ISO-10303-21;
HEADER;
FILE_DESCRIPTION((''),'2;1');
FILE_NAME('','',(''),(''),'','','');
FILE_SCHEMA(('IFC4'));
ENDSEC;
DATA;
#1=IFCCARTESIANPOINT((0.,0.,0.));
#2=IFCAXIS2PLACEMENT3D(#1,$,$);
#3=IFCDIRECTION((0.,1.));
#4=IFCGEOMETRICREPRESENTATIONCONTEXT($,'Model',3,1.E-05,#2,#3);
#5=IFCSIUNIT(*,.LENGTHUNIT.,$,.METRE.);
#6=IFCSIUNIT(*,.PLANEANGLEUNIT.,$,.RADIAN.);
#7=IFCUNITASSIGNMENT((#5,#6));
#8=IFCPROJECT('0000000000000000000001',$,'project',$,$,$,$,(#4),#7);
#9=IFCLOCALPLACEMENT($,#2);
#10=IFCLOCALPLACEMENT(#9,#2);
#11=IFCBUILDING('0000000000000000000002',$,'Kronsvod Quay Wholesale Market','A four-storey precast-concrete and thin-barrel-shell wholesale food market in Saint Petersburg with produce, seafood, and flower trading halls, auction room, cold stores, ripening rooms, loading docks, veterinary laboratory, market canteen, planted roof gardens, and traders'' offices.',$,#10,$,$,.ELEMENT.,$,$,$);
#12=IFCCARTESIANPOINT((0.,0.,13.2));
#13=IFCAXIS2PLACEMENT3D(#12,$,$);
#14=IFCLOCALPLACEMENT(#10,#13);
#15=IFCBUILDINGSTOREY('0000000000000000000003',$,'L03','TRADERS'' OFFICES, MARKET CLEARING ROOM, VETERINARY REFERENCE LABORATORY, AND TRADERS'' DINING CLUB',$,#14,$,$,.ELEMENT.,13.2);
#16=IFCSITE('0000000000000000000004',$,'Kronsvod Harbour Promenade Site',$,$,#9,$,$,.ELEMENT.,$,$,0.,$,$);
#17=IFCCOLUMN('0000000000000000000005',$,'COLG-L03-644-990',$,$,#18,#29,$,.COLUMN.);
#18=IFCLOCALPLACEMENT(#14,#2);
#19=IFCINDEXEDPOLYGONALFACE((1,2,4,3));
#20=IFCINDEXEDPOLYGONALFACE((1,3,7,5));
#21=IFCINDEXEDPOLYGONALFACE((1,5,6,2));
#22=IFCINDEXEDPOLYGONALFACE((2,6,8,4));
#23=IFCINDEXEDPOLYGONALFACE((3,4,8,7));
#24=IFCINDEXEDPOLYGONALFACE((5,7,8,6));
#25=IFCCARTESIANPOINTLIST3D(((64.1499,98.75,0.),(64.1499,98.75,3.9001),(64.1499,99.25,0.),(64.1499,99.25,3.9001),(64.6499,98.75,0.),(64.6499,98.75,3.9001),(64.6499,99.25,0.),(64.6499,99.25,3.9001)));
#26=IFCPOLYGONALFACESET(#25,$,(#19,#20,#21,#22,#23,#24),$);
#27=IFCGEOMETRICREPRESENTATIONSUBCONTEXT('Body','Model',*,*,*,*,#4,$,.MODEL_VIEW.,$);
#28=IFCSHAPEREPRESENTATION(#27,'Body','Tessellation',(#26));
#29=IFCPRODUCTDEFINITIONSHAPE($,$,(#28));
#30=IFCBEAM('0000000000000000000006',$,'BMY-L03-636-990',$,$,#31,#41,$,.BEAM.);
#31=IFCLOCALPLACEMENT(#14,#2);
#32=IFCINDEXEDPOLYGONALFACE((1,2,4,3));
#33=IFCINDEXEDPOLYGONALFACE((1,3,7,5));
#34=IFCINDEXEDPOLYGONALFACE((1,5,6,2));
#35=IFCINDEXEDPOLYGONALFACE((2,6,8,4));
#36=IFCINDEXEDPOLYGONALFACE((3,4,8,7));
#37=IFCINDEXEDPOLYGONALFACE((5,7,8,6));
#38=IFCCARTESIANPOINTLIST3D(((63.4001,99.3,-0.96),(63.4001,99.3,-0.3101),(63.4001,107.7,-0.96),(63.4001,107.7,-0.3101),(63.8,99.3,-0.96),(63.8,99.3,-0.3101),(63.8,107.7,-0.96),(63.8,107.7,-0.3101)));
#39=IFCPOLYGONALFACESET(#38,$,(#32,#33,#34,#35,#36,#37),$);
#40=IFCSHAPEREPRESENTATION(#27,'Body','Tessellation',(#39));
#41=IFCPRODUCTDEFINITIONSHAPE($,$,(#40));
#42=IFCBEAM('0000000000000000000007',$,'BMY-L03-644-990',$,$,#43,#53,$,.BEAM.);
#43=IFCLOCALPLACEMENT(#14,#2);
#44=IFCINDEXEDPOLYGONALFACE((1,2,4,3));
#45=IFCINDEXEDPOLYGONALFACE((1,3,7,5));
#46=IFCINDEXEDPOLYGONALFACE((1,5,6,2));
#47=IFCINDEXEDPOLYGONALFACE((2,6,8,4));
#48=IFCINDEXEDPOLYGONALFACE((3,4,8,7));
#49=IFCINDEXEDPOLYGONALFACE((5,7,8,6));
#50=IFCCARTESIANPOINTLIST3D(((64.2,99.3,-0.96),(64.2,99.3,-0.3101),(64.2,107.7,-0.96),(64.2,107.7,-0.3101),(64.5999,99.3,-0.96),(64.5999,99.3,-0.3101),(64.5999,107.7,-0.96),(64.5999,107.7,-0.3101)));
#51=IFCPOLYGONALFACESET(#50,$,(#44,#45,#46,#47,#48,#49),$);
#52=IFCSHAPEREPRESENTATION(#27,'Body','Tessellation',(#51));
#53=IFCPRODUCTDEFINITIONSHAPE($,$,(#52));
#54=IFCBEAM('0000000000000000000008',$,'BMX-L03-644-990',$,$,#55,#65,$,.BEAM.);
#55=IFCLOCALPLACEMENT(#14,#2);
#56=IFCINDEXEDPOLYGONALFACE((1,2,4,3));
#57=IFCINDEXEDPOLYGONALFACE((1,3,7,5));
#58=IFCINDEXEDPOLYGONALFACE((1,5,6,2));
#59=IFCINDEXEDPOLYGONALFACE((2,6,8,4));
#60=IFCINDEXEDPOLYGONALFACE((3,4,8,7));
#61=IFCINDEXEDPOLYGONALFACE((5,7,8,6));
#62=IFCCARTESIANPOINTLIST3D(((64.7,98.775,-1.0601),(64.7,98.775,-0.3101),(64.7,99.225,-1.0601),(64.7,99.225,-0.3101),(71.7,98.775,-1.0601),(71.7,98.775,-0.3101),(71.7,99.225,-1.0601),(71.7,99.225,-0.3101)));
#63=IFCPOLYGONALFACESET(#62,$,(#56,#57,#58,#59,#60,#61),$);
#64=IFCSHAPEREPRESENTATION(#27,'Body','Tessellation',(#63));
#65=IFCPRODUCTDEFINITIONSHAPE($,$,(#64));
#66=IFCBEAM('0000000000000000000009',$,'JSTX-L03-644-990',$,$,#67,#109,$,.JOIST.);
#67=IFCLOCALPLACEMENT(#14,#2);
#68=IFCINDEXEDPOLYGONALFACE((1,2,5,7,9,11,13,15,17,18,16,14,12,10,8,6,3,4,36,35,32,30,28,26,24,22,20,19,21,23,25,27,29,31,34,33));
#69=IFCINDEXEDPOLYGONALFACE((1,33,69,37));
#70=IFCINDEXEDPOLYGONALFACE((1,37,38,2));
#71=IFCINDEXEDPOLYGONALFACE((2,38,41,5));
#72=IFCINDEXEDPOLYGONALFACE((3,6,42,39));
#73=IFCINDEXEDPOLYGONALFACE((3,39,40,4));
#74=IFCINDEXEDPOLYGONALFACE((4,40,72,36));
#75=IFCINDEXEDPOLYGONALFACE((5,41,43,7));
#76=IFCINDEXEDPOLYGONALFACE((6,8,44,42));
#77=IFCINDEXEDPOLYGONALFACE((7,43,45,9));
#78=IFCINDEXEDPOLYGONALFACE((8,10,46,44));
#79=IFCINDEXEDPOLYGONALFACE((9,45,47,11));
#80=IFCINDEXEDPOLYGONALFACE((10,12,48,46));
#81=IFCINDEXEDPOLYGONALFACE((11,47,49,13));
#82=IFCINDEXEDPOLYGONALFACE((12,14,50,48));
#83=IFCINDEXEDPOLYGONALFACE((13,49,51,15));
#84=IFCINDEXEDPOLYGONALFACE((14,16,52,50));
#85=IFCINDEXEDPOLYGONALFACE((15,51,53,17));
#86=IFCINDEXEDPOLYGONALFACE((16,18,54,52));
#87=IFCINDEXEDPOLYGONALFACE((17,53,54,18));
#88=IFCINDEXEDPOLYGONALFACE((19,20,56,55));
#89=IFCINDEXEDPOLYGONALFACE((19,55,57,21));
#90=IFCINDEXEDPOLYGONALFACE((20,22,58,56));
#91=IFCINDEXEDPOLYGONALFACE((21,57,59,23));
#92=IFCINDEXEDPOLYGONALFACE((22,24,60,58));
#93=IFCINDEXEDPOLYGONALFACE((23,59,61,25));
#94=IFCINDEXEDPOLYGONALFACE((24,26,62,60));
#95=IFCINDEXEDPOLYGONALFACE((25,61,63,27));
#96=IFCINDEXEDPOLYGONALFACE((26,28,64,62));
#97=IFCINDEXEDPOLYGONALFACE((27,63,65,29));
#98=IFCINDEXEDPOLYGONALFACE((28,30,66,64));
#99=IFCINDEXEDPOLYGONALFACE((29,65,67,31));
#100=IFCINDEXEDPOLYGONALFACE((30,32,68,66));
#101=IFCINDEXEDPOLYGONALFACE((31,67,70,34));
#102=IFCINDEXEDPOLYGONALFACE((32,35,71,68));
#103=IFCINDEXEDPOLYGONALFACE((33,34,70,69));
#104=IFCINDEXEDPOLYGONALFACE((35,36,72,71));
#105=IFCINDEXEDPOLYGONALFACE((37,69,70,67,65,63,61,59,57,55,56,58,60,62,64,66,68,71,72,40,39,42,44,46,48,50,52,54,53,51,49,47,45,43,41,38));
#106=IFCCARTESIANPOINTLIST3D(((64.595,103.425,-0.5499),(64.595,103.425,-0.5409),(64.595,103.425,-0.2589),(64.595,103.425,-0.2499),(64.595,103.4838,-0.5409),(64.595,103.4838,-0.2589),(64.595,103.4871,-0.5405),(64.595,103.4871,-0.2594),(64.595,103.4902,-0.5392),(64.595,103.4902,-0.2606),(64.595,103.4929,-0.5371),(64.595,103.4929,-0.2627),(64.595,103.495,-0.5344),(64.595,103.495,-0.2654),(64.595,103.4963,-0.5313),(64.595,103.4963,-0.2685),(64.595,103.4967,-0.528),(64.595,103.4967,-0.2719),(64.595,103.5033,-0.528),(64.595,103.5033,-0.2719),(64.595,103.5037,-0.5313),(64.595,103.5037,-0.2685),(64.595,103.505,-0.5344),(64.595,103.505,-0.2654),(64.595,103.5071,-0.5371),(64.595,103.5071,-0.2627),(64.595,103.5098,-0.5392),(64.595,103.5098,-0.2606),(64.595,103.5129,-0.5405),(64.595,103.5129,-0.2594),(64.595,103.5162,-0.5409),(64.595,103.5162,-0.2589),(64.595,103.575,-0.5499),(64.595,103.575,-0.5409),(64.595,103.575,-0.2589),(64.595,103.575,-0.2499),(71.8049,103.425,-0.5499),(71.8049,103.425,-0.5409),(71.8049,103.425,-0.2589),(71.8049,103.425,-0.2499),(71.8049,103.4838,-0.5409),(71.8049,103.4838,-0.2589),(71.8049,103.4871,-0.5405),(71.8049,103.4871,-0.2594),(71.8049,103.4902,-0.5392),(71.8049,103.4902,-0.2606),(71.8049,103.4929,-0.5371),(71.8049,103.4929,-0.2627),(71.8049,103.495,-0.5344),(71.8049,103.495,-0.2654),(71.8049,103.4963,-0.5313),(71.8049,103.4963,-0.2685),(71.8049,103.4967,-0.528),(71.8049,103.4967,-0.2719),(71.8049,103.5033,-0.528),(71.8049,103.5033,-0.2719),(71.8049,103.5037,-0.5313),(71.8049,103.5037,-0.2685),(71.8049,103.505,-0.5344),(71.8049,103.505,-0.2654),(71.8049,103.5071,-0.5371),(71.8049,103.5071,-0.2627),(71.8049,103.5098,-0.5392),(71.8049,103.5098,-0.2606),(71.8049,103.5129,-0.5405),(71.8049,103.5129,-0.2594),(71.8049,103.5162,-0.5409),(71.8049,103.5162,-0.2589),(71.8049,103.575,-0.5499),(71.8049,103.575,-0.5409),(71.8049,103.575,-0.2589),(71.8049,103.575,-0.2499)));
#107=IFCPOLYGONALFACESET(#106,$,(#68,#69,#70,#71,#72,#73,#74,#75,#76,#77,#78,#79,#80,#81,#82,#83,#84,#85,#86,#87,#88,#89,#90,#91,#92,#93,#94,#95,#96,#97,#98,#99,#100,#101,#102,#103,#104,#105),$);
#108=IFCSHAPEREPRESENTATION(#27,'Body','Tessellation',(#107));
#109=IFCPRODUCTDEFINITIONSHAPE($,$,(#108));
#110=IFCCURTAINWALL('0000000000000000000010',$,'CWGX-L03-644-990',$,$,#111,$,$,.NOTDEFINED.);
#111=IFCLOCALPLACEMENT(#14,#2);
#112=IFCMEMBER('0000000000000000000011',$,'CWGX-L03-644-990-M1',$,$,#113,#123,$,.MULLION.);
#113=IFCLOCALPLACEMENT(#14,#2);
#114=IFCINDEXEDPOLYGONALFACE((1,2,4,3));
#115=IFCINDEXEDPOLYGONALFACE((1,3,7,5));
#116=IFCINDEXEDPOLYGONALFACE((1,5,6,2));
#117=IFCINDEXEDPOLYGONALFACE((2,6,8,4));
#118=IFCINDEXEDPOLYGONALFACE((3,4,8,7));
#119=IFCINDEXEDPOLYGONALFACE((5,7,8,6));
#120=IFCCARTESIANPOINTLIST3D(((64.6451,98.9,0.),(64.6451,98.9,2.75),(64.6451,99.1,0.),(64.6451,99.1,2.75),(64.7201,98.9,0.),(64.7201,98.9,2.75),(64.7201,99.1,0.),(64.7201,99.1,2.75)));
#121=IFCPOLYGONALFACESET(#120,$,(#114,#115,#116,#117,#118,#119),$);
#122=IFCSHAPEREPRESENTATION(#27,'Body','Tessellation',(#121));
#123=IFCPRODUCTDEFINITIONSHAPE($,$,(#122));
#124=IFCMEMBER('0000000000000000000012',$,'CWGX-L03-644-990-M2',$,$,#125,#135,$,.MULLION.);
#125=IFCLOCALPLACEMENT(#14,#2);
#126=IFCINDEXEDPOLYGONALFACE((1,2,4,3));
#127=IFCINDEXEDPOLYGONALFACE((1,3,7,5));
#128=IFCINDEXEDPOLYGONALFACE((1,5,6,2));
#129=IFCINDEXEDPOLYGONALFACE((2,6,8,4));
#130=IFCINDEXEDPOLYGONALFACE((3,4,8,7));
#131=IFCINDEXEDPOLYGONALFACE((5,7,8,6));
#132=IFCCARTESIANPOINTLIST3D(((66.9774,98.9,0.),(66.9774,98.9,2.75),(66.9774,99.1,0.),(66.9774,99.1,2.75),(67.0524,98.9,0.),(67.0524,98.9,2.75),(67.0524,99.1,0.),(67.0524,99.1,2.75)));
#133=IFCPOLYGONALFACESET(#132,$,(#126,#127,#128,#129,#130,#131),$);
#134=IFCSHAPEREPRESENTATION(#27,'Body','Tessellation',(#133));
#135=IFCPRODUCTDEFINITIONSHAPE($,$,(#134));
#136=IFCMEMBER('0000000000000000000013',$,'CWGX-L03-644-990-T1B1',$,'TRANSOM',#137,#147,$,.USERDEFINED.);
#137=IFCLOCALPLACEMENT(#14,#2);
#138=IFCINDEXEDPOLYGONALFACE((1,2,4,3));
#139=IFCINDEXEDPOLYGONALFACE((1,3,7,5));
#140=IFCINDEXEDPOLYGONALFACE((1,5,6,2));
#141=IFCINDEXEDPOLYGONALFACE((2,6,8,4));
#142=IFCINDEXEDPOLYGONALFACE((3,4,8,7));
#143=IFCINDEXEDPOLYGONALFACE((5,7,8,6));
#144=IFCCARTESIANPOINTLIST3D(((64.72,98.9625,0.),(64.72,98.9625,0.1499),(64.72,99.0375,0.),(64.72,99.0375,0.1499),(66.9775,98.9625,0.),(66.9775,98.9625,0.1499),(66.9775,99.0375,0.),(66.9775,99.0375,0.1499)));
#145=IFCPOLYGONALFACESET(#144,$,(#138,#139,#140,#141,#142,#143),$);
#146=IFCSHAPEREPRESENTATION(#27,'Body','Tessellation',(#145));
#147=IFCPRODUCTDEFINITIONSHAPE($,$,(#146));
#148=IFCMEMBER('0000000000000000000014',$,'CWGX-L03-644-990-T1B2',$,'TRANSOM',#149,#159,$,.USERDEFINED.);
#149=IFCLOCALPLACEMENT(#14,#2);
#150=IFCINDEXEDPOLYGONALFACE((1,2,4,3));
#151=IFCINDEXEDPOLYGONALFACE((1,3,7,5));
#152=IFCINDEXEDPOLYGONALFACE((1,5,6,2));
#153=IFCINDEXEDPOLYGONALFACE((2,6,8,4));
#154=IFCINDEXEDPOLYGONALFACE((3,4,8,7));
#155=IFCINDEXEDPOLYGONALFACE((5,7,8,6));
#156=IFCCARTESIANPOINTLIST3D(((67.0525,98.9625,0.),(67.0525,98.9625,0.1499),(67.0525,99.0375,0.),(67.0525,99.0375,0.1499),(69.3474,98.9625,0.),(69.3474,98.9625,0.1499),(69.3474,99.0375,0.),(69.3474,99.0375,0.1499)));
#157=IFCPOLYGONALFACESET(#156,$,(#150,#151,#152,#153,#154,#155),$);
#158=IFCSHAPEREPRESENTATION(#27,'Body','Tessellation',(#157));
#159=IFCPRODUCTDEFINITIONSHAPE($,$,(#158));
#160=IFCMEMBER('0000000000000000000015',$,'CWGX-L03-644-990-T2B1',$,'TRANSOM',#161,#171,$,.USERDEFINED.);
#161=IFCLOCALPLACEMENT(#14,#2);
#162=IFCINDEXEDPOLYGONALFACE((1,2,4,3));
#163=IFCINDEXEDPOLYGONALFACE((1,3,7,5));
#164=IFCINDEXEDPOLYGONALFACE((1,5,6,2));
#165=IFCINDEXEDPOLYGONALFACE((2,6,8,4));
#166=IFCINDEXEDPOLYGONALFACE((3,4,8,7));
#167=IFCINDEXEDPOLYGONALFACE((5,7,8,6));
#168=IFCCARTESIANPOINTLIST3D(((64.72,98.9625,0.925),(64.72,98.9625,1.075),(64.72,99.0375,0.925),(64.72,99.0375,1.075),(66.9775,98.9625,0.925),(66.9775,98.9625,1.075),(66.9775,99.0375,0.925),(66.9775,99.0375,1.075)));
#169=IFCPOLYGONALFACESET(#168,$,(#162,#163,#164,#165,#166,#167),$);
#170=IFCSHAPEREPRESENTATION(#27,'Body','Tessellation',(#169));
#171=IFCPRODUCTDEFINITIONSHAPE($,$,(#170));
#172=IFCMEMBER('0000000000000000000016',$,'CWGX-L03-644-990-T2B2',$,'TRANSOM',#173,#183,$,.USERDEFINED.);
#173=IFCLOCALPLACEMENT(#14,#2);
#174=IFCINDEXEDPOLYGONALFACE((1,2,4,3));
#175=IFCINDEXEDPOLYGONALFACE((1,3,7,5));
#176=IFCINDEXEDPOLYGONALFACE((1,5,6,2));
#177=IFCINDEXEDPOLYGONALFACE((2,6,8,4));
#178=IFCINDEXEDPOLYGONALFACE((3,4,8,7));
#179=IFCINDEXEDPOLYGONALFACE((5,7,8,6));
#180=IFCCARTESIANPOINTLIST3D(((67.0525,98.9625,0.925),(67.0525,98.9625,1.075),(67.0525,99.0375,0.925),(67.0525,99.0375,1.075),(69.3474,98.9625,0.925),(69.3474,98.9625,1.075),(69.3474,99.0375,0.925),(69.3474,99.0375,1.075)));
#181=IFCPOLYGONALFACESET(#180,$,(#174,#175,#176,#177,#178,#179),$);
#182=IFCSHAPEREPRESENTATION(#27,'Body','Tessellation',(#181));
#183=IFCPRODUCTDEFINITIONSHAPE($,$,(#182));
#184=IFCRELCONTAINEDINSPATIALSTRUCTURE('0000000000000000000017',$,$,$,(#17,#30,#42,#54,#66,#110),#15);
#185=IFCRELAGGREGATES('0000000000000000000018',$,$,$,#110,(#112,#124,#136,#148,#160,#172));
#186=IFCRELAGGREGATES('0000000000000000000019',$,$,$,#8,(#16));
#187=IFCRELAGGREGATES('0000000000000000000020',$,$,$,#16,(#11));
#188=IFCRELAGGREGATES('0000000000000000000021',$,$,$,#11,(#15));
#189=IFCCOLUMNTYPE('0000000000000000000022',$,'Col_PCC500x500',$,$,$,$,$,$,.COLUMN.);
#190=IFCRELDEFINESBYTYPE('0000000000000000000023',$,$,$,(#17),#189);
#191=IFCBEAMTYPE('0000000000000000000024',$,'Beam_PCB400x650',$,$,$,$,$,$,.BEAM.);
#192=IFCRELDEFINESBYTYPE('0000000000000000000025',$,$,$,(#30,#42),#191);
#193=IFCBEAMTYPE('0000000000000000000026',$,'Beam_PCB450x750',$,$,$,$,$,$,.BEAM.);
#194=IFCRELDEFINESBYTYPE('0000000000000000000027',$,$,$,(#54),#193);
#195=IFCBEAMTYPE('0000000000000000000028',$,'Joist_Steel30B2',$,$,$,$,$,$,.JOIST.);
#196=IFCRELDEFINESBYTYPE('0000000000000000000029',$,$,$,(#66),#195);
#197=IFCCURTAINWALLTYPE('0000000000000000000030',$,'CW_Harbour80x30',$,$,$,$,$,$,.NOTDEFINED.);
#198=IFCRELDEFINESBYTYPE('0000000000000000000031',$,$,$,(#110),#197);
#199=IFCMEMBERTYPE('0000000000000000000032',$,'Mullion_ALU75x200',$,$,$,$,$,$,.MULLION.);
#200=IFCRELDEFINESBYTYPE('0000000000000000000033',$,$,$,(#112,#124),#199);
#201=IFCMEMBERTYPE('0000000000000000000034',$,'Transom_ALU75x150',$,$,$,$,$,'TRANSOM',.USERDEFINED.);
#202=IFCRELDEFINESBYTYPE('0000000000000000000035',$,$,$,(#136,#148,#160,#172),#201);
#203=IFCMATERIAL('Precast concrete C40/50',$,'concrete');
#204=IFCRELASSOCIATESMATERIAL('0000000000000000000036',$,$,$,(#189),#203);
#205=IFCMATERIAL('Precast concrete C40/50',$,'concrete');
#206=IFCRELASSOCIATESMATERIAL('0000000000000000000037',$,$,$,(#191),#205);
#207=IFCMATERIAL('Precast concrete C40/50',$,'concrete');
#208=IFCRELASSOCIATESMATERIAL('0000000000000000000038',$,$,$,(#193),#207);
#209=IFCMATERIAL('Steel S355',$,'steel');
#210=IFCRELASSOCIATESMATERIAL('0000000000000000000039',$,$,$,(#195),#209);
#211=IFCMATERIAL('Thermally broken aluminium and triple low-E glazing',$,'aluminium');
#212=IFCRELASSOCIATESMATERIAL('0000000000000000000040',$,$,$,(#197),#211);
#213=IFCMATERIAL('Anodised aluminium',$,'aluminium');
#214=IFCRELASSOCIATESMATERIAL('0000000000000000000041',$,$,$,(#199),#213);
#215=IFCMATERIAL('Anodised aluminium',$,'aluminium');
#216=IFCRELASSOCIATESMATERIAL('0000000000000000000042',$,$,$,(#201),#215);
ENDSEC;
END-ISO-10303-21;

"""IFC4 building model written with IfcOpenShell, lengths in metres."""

from ifc_helpers import new_model, si_unit, direction, frame, origin, origin_2d, place, context, subcontext, project, spatial, rectangle, i_section, extrude, material, material_profile, profile_set, type_object, element, aggregate, save


model = new_model("IFC4")

# Units and contexts
model_context = context("Model", 3, precision=1e-05, world=origin(), true_north=direction((0.0, 1.0)))
body_context = subcontext(model_context, "Body", "Model", "MODEL_VIEW")
ifc_project = project(units=[si_unit("LENGTHUNIT", "METRE"), si_unit("PLANEANGLEUNIT", "RADIAN")], contexts=[model_context])

# Site, building, storey
site_placement = place(None, origin())
site = spatial("IfcSite", under=ifc_project, at=site_placement, Name="Kronsvod Harbour Promenade Site", CompositionType="ELEMENT", RefElevation=0.0)
building_placement = place(site_placement, origin())
building = spatial("IfcBuilding", under=site, at=building_placement, Name="Kronsvod Quay Wholesale Market", Description="A four-storey precast-concrete and thin-barrel-shell wholesale food market in Saint Petersburg with produce, seafood, and flower trading halls, auction room, cold stores, ripening rooms, loading docks, veterinary laboratory, market canteen, planted roof gardens, and traders' offices.", CompositionType="ELEMENT")
storey_placement = place(building_placement, frame((0.0, 0.0, 13.2)))
storey = spatial("IfcBuildingStorey", under=building, at=storey_placement, Name="L03", Description="TRADERS' OFFICES, MARKET CLEARING ROOM, VETERINARY REFERENCE LABORATORY, AND TRADERS' DINING CLUB", CompositionType="ELEMENT", Elevation=13.2)

# Column
ifc_material_1 = material(Name="Precast concrete C40/50", Category="concrete")
ifc_material_profile_1 = material_profile(ifc_material_1, rectangle(XDim=0.5, YDim=0.5, at=origin_2d()), Name="PCC500x500")
ifc_profile_set_1 = profile_set([ifc_material_profile_1], Name="Precast concrete C40/50")
column_type = type_object("IfcColumnType", Name="Col_PCC500x500", PredefinedType="COLUMN", material=ifc_profile_set_1)
column_placement = place(storey_placement, frame((64.3999, 99.0, 0.0), z_axis=(0.0, 0.0, 1.0), x_axis=(1.0, 0.0, 0.0)))
element("IfcColumn", 1, at=column_placement, inside=storey, type_object=column_type, Name="COLG-L03-644-990", PredefinedType="COLUMN", context=body_context, shape_type="SweptSolid", body=[
    extrude(rectangle(XDim=0.5, YDim=0.5, at=origin_2d()), origin(), (0.0, 0.0, 1.0), 3.9001),
])

# Beams
ifc_material_2 = material(Name="Precast concrete C40/50", Category="concrete")
ifc_material_profile_2 = material_profile(ifc_material_2, rectangle(XDim=0.3999, YDim=0.6499, at=origin_2d()), Name="PCB400x650")
ifc_profile_set_2 = profile_set([ifc_material_profile_2], Name="Precast concrete C40/50")
beam_type_1 = type_object("IfcBeamType", Name="Beam_PCB400x650", PredefinedType="BEAM", material=ifc_profile_set_2)
for number, where, z_axis, x_axis, name in (
    (2, (63.6001, 99.3, -0.635), (0.0, 1.0, 0.0), (-1.0, 0.0, 0.0), "BMY-L03-636-990"),
    (3, (64.3999, 99.3, -0.635), (0.0, 1.0, 0.0), (-1.0, 0.0, 0.0), "BMY-L03-644-990"),
):
    element("IfcBeam", number, at=place(storey_placement, frame(where, z_axis=z_axis, x_axis=x_axis)), inside=storey, type_object=beam_type_1, Name=name, PredefinedType="BEAM", context=body_context, shape_type="SweptSolid", body=[
        extrude(rectangle(XDim=0.3999, YDim=0.6499, at=origin_2d()), origin(), (0.0, 0.0, 1.0), 8.3999),
    ])
ifc_material_3 = material(Name="Precast concrete C40/50", Category="concrete")
ifc_material_profile_3 = material_profile(ifc_material_3, rectangle(XDim=0.45, YDim=0.75, at=origin_2d()), Name="PCB450x750")
ifc_profile_set_3 = profile_set([ifc_material_profile_3], Name="Precast concrete C40/50")
beam_type_2 = type_object("IfcBeamType", Name="Beam_PCB450x750", PredefinedType="BEAM", material=ifc_profile_set_3)
beam_1_placement = place(storey_placement, frame((64.7, 99.0, -0.6851), z_axis=(1.0, 0.0, 0.0), x_axis=(0.0, 1.0, 0.0)))
element("IfcBeam", 4, at=beam_1_placement, inside=storey, type_object=beam_type_2, Name="BMX-L03-644-990", PredefinedType="BEAM", context=body_context, shape_type="SweptSolid", body=[
    extrude(rectangle(XDim=0.45, YDim=0.75, at=origin_2d()), origin(), (0.0, 0.0, 1.0), 7.0),
])
ifc_material_4 = material(Name="Steel S355", Category="steel")
ifc_material_profile_4 = material_profile(ifc_material_4, i_section(OverallWidth=0.1499, OverallDepth=0.3, WebThickness=0.0066, FlangeThickness=0.009, FilletRadius=0.0129, at=origin_2d()), Name="30B2")
ifc_profile_set_4 = profile_set([ifc_material_profile_4], Name="Steel S355")
beam_type_3 = type_object("IfcBeamType", Name="Joist_Steel30B2", PredefinedType="JOIST", material=ifc_profile_set_4)
beam_2_placement = place(storey_placement, frame((64.595, 103.5, -0.3999), z_axis=(1.0, 0.0, 0.0), x_axis=(0.0, 1.0, 0.0)))
element("IfcBeam", 5, at=beam_2_placement, inside=storey, type_object=beam_type_3, Name="JSTX-L03-644-990", PredefinedType="JOIST", context=body_context, shape_type="SweptSolid", body=[
    extrude(i_section(OverallWidth=0.1499, OverallDepth=0.3, WebThickness=0.0066, FlangeThickness=0.009, FilletRadius=0.0129, at=origin_2d()), origin(), (0.0, 0.0, 1.0), 7.21),
])

# Curtain wall, members
ifc_material_5 = material(Name="Thermally broken aluminium and triple low-E glazing", Category="aluminium")
curtain_wall_type = type_object("IfcCurtainWallType", Name="CW_Harbour80x30", PredefinedType="NOTDEFINED", material=ifc_material_5)
curtain_wall_placement = place(storey_placement, origin())
curtain_wall = element("IfcCurtainWall", 6, at=curtain_wall_placement, inside=storey, type_object=curtain_wall_type, Name="CWGX-L03-644-990", PredefinedType="NOTDEFINED")
ifc_material_6 = material(Name="Anodised aluminium", Category="aluminium")
ifc_material_profile_5 = material_profile(ifc_material_6, rectangle(XDim=0.075, YDim=0.2, at=origin_2d()), Name="ALUM75x200")
ifc_profile_set_5 = profile_set([ifc_material_profile_5], Name="Anodised aluminium")
member_type_1 = type_object("IfcMemberType", Name="Mullion_ALU75x200", PredefinedType="MULLION", material=ifc_profile_set_5)
member_1_placement = place(storey_placement, frame((64.6826, 99.0, 0.0), z_axis=(0.0, 0.0, 1.0), x_axis=(1.0, 0.0, 0.0)))
member_1 = element("IfcMember", 7, at=member_1_placement, type_object=member_type_1, Name="CWGX-L03-644-990-M1", PredefinedType="MULLION", context=body_context, shape_type="SweptSolid", body=[
    extrude(rectangle(XDim=0.075, YDim=0.2, at=origin_2d()), origin(), (0.0, 0.0, 1.0), 2.75),
])
member_2_placement = place(storey_placement, frame((67.0149, 99.0, 0.0), z_axis=(0.0, 0.0, 1.0), x_axis=(1.0, 0.0, 0.0)))
member_2 = element("IfcMember", 8, at=member_2_placement, type_object=member_type_1, Name="CWGX-L03-644-990-M2", PredefinedType="MULLION", context=body_context, shape_type="SweptSolid", body=[
    extrude(rectangle(XDim=0.075, YDim=0.2, at=origin_2d()), origin(), (0.0, 0.0, 1.0), 2.75),
])
ifc_material_7 = material(Name="Anodised aluminium", Category="aluminium")
ifc_material_profile_6 = material_profile(ifc_material_7, rectangle(XDim=0.075, YDim=0.1499, at=origin_2d()), Name="ALUT75x150")
ifc_profile_set_6 = profile_set([ifc_material_profile_6], Name="Anodised aluminium")
member_type_2 = type_object("IfcMemberType", Name="Transom_ALU75x150", ElementType="TRANSOM", PredefinedType="USERDEFINED", material=ifc_profile_set_6)
member_3_placement = place(storey_placement, frame((64.72, 99.0, 0.075), z_axis=(1.0, 0.0, 0.0), x_axis=(0.0, 1.0, 0.0)))
member_3 = element("IfcMember", 9, at=member_3_placement, type_object=member_type_2, Name="CWGX-L03-644-990-T1B1", ObjectType="TRANSOM", PredefinedType="USERDEFINED", context=body_context, shape_type="SweptSolid", body=[
    extrude(rectangle(XDim=0.075, YDim=0.1499, at=origin_2d()), origin(), (0.0, 0.0, 1.0), 2.2576),
])
member_4_placement = place(storey_placement, frame((67.0525, 99.0, 0.075), z_axis=(1.0, 0.0, 0.0), x_axis=(0.0, 1.0, 0.0)))
member_4 = element("IfcMember", 10, at=member_4_placement, type_object=member_type_2, Name="CWGX-L03-644-990-T1B2", ObjectType="TRANSOM", PredefinedType="USERDEFINED", context=body_context, shape_type="SweptSolid", body=[
    extrude(rectangle(XDim=0.075, YDim=0.1499, at=origin_2d()), origin(), (0.0, 0.0, 1.0), 2.2949),
])
member_5_placement = place(storey_placement, frame((64.72, 99.0, 1.0), z_axis=(1.0, 0.0, 0.0), x_axis=(0.0, 1.0, 0.0)))
member_5 = element("IfcMember", 11, at=member_5_placement, type_object=member_type_2, Name="CWGX-L03-644-990-T2B1", ObjectType="TRANSOM", PredefinedType="USERDEFINED", context=body_context, shape_type="SweptSolid", body=[
    extrude(rectangle(XDim=0.075, YDim=0.1499, at=origin_2d()), origin(), (0.0, 0.0, 1.0), 2.2576),
])
member_6_placement = place(storey_placement, frame((67.0525, 99.0, 1.0), z_axis=(1.0, 0.0, 0.0), x_axis=(0.0, 1.0, 0.0)))
member_6 = element("IfcMember", 12, at=member_6_placement, type_object=member_type_2, Name="CWGX-L03-644-990-T2B2", ObjectType="TRANSOM", PredefinedType="USERDEFINED", context=body_context, shape_type="SweptSolid", body=[
    extrude(rectangle(XDim=0.075, YDim=0.1499, at=origin_2d()), origin(), (0.0, 0.0, 1.0), 2.2949),
])
aggregate(curtain_wall, [member_1, member_2, member_3, member_4, member_5, member_6])

save(model, "model.ifc")
